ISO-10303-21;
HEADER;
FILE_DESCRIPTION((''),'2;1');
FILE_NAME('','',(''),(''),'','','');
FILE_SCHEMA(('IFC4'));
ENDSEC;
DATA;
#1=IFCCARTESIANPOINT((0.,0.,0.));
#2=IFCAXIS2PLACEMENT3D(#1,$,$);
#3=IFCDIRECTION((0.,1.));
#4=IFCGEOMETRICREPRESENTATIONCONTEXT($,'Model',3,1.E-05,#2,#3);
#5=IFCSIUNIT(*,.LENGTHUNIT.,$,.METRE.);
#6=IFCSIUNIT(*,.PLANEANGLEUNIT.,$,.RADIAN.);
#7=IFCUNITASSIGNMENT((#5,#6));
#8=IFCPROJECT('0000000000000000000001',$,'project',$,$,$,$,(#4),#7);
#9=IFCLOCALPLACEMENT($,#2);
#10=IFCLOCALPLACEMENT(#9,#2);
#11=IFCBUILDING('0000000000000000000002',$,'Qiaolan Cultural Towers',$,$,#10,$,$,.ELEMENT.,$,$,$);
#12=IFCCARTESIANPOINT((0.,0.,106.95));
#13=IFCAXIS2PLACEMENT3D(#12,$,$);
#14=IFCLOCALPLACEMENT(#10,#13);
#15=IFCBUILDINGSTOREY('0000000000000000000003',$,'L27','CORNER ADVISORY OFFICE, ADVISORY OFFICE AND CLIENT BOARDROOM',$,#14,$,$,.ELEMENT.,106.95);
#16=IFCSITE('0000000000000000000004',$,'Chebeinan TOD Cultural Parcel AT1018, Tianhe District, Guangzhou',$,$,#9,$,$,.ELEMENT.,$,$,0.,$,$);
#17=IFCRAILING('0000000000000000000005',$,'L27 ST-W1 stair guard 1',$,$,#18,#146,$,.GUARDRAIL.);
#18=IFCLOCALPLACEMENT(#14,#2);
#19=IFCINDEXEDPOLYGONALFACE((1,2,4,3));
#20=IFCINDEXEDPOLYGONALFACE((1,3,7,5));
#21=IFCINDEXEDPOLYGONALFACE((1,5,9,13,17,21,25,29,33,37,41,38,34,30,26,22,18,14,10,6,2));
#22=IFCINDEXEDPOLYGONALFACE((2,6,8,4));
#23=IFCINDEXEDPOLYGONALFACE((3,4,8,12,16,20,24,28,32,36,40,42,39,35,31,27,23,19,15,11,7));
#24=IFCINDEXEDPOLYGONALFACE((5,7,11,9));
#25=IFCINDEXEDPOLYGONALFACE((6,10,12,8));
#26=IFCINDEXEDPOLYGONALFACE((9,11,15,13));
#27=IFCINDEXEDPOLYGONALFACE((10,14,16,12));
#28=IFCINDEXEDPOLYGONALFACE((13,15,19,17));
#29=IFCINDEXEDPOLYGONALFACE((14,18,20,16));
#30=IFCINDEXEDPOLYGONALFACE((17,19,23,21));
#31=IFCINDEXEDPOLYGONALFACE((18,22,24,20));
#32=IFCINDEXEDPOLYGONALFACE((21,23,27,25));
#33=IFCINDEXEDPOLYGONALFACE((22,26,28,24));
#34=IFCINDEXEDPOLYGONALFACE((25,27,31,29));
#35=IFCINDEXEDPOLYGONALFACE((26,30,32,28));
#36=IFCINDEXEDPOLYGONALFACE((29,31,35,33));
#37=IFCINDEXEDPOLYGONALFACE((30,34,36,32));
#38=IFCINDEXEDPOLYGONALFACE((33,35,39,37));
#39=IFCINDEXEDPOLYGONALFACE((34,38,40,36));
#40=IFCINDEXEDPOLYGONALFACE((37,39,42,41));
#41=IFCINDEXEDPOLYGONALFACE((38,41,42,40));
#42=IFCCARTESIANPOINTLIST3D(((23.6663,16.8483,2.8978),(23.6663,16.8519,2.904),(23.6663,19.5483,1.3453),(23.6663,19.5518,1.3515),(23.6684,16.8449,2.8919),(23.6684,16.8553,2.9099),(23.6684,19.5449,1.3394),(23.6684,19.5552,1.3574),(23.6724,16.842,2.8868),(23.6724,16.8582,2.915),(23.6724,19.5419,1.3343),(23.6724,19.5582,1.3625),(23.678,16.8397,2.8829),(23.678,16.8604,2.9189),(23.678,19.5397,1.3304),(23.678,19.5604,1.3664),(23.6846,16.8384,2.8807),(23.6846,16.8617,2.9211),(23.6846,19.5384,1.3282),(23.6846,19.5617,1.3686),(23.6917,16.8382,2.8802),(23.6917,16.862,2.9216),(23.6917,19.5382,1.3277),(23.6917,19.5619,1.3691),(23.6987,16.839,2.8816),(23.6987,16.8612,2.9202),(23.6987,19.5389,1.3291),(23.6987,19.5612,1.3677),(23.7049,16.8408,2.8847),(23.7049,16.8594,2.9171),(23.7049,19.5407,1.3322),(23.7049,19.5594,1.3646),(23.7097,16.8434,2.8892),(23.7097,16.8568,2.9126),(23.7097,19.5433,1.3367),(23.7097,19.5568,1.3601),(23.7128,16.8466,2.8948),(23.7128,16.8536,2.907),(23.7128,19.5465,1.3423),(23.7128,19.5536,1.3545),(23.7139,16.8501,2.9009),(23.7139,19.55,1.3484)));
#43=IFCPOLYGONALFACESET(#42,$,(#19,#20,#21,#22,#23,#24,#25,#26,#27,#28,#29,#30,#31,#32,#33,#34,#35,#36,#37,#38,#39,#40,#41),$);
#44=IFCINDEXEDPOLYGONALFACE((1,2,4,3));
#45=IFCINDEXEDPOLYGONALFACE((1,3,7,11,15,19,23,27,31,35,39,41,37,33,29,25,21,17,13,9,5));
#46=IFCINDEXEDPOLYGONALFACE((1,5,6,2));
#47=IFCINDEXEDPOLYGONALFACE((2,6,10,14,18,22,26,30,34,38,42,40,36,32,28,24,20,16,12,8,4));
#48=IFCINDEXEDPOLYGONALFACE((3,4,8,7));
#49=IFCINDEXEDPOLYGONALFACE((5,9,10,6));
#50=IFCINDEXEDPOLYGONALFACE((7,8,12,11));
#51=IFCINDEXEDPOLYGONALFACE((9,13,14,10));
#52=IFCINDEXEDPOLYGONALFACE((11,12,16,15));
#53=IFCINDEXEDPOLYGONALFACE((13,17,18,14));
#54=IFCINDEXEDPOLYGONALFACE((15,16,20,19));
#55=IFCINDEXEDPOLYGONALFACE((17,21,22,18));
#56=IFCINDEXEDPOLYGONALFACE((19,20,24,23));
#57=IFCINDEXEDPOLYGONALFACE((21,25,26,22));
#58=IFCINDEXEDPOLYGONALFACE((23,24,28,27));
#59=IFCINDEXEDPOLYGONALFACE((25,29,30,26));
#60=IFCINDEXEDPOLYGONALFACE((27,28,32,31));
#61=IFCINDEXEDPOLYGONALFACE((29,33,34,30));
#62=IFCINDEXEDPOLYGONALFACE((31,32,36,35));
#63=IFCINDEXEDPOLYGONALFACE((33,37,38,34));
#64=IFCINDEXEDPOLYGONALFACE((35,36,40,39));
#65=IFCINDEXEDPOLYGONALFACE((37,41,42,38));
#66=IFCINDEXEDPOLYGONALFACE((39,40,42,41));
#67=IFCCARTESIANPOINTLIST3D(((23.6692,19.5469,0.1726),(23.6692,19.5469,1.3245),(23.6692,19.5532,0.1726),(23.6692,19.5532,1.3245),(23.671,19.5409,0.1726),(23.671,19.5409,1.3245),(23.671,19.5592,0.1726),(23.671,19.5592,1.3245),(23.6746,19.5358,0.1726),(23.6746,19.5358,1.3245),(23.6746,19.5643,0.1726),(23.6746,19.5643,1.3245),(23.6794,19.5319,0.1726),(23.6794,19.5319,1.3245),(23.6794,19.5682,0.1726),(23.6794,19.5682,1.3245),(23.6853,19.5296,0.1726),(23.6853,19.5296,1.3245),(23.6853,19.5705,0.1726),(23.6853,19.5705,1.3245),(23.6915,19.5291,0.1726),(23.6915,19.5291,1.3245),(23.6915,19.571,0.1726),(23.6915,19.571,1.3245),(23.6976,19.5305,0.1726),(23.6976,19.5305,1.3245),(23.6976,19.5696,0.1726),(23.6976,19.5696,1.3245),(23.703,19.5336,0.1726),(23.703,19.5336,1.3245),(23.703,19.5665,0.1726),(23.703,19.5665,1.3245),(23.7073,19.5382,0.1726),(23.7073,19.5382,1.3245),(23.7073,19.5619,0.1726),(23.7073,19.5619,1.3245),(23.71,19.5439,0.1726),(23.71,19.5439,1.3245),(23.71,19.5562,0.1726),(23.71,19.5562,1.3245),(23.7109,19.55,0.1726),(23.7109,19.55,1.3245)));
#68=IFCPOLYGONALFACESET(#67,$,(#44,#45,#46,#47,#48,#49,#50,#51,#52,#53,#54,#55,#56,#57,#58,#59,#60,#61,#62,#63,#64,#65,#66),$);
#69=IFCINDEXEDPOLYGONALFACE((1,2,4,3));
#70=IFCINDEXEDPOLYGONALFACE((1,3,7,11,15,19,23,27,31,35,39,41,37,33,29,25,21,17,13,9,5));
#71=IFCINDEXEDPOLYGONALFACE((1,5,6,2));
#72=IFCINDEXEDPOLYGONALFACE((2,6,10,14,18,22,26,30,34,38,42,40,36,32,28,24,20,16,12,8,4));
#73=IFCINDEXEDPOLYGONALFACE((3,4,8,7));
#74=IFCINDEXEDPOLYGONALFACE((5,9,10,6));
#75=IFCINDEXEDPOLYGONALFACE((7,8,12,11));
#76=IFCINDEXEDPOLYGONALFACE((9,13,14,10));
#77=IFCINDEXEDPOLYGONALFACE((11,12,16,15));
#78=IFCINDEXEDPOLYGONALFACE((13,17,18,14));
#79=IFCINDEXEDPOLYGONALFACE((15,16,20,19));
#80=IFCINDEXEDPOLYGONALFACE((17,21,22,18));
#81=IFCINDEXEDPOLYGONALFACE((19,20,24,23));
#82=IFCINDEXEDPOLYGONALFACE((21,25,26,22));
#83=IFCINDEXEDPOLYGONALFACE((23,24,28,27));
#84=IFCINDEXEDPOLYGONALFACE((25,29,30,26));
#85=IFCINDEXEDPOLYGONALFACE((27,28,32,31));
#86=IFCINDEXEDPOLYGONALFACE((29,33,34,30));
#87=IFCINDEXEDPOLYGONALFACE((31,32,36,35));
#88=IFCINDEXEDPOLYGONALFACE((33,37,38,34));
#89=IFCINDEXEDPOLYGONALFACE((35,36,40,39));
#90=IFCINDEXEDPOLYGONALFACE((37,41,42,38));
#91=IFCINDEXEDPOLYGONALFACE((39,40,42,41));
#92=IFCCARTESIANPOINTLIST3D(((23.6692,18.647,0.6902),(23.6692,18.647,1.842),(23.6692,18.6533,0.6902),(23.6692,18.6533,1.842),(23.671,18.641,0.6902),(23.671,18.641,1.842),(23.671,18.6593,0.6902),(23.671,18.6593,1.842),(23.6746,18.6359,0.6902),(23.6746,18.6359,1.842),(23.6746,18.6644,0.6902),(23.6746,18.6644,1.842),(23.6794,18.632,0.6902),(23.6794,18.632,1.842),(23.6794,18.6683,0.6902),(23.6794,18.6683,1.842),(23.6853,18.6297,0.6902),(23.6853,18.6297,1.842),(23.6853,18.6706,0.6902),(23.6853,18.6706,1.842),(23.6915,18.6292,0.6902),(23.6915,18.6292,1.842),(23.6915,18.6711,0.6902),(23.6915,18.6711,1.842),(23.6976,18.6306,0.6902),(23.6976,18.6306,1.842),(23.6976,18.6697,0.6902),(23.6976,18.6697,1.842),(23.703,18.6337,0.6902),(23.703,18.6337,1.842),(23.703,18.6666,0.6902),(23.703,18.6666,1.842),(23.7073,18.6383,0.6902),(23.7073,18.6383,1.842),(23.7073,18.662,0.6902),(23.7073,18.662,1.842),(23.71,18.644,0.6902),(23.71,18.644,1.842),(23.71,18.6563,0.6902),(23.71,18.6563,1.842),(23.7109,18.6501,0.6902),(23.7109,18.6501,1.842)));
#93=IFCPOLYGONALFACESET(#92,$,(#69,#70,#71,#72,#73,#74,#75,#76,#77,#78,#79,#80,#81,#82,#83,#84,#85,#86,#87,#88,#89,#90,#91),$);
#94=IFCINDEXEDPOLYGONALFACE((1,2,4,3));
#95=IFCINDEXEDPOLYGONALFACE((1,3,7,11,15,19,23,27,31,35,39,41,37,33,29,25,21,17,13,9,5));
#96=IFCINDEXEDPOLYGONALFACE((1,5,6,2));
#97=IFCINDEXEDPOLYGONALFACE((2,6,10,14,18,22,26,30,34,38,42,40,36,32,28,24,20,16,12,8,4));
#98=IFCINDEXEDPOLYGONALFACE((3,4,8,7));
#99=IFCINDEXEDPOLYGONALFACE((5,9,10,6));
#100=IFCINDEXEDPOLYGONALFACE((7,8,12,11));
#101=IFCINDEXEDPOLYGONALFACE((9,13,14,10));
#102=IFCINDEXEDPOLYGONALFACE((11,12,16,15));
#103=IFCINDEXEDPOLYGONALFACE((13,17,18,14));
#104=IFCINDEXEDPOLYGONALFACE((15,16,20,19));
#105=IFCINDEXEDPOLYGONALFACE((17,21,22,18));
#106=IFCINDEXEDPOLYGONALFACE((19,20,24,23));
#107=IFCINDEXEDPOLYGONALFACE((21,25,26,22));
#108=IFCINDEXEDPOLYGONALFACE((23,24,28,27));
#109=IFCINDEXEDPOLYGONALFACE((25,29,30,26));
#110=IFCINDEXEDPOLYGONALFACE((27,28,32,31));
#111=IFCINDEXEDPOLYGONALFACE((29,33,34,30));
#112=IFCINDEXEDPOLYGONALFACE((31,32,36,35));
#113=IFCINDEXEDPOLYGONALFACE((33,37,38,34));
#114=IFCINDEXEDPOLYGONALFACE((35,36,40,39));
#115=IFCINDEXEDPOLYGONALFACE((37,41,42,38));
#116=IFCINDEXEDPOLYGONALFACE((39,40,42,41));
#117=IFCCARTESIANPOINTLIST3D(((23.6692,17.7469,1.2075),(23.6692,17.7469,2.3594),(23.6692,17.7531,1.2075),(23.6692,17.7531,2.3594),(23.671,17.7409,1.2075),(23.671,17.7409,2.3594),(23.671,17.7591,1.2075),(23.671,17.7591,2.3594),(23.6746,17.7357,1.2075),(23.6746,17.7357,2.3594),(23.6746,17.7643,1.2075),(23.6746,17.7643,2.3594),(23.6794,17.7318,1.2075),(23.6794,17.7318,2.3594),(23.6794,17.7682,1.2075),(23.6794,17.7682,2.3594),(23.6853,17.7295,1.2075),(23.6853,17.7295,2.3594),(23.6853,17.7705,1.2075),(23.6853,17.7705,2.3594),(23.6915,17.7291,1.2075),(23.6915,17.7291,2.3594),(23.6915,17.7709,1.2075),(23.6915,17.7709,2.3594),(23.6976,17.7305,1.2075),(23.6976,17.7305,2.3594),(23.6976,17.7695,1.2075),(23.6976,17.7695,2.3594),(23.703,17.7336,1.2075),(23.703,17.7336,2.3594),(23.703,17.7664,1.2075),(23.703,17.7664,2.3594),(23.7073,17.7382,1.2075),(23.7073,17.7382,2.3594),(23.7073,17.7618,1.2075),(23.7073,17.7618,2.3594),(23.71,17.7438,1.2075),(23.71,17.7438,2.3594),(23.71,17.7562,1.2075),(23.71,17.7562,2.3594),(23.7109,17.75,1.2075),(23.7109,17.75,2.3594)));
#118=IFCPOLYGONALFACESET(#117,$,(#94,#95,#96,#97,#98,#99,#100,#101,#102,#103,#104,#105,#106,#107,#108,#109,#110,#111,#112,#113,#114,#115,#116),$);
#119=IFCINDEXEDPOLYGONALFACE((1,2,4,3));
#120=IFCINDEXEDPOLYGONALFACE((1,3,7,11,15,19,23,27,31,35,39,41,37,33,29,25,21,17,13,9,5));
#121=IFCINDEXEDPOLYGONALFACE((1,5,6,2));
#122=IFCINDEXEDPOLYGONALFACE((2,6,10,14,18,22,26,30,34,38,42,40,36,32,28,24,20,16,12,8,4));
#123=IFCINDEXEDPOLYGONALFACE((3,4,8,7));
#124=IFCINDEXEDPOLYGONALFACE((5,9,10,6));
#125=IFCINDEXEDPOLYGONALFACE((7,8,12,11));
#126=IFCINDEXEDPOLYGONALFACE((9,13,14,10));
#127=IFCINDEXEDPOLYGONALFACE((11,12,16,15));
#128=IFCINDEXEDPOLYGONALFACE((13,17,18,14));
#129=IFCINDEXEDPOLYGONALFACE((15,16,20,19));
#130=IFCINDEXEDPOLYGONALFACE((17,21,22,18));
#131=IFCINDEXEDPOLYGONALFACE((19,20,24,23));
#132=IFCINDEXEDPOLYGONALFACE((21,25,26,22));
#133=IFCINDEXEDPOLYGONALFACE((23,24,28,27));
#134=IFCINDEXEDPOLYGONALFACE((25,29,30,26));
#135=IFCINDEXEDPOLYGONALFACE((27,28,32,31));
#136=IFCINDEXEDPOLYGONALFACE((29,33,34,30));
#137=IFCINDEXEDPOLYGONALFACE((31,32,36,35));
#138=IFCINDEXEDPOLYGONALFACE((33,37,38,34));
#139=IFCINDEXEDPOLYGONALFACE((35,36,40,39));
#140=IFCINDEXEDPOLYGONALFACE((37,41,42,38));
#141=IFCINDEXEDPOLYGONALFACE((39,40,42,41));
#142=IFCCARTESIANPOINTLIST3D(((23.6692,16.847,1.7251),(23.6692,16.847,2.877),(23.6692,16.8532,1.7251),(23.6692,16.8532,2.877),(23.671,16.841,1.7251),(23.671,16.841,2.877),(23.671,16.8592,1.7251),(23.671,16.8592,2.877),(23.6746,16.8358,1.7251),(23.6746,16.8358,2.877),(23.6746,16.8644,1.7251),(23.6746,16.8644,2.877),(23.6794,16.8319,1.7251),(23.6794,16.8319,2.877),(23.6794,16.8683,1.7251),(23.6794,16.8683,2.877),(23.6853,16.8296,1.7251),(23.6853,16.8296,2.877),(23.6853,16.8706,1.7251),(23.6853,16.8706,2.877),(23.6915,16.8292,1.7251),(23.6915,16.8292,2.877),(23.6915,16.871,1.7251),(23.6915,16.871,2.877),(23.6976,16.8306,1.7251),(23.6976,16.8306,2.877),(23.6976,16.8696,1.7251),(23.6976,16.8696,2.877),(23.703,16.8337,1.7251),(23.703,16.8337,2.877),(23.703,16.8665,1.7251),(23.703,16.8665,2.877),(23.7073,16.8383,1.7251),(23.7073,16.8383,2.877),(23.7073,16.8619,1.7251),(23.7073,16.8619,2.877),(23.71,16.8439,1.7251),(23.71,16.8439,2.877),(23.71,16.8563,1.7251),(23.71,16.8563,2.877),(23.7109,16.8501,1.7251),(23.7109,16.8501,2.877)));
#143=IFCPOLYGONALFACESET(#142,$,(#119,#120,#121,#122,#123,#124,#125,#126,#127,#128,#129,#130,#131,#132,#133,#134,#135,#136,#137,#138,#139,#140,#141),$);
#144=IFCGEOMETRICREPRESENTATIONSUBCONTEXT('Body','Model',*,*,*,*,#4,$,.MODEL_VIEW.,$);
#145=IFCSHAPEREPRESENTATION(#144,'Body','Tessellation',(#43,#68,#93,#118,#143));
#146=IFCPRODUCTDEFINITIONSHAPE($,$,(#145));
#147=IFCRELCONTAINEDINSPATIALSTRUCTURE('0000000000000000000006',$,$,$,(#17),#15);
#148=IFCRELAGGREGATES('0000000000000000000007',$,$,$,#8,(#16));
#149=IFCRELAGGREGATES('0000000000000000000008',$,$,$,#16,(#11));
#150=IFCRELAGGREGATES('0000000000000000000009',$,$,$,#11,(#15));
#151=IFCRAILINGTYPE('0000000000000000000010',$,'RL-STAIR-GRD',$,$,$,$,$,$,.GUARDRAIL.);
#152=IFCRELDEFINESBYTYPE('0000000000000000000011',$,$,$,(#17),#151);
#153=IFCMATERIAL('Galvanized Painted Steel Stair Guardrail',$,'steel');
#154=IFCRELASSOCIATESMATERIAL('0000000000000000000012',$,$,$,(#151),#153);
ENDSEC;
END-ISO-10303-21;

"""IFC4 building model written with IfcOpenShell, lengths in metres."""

from ifc_helpers import new_model, si_unit, direction, frame, origin, origin_2d, place, context, subcontext, project, spatial, circle, extrude, material, type_object, element, save


model = new_model("IFC4")

# Units and contexts
model_context = context("Model", 3, precision=1e-05, world=origin(), true_north=direction((0.0, 1.0)))
body_context = subcontext(model_context, "Body", "Model", "MODEL_VIEW")
ifc_project = project(units=[si_unit("LENGTHUNIT", "METRE"), si_unit("PLANEANGLEUNIT", "RADIAN")], contexts=[model_context])

# Site, building, storey
site_placement = place(None, origin())
site = spatial("IfcSite", under=ifc_project, at=site_placement, Name="Chebeinan TOD Cultural Parcel AT1018, Tianhe District, Guangzhou", CompositionType="ELEMENT", RefElevation=0.0)
building_placement = place(site_placement, origin())
building = spatial("IfcBuilding", under=site, at=building_placement, Name="Qiaolan Cultural Towers", CompositionType="ELEMENT")
storey_placement = place(building_placement, frame((0.0, 0.0, 106.95)))
storey = spatial("IfcBuildingStorey", under=building, at=storey_placement, Name="L27", Description="CORNER ADVISORY OFFICE, ADVISORY OFFICE AND CLIENT BOARDROOM", CompositionType="ELEMENT", Elevation=106.95)

# Railing
ifc_material_1 = material(Name="Galvanized Painted Steel Stair Guardrail", Category="steel")
railing_type_1 = type_object("IfcRailingType", Name="RL-STAIR-GRD", PredefinedType="GUARDRAIL", material=ifc_material_1)
railing_1_placement = place(storey_placement, frame((23.6899, 19.55, 0.1726)))
element("IfcRailing", 1, at=railing_1_placement, inside=storey, type_object=railing_type_1, Name="L27 ST-W1 stair guard 1", PredefinedType="GUARDRAIL", context=body_context, shape_type="SweptSolid", body=[
    extrude(circle(Radius=0.0239, at=origin_2d()), frame((0.0, 0.0, 1.1758), z_axis=(0.0, -0.866904, 0.498476), x_axis=(1.0, 0.0, 0.0)), (0.0, 0.0, 1.0), 3.1145),
    extrude(circle(Radius=0.021, at=origin_2d()), origin(), (0.0, 0.0, 1.0), 1.1519),
    extrude(circle(Radius=0.021, at=origin_2d()), frame((0.0, -0.8999, 0.5176)), (0.0, 0.0, 1.0), 1.1519),
    extrude(circle(Radius=0.021, at=origin_2d()), frame((0.0, -1.8, 1.0349)), (0.0, 0.0, 1.0), 1.1519),
    extrude(circle(Radius=0.021, at=origin_2d()), frame((0.0, -2.7, 1.5525)), (0.0, 0.0, 1.0), 1.1519),
])

save(model, "model.ifc")
